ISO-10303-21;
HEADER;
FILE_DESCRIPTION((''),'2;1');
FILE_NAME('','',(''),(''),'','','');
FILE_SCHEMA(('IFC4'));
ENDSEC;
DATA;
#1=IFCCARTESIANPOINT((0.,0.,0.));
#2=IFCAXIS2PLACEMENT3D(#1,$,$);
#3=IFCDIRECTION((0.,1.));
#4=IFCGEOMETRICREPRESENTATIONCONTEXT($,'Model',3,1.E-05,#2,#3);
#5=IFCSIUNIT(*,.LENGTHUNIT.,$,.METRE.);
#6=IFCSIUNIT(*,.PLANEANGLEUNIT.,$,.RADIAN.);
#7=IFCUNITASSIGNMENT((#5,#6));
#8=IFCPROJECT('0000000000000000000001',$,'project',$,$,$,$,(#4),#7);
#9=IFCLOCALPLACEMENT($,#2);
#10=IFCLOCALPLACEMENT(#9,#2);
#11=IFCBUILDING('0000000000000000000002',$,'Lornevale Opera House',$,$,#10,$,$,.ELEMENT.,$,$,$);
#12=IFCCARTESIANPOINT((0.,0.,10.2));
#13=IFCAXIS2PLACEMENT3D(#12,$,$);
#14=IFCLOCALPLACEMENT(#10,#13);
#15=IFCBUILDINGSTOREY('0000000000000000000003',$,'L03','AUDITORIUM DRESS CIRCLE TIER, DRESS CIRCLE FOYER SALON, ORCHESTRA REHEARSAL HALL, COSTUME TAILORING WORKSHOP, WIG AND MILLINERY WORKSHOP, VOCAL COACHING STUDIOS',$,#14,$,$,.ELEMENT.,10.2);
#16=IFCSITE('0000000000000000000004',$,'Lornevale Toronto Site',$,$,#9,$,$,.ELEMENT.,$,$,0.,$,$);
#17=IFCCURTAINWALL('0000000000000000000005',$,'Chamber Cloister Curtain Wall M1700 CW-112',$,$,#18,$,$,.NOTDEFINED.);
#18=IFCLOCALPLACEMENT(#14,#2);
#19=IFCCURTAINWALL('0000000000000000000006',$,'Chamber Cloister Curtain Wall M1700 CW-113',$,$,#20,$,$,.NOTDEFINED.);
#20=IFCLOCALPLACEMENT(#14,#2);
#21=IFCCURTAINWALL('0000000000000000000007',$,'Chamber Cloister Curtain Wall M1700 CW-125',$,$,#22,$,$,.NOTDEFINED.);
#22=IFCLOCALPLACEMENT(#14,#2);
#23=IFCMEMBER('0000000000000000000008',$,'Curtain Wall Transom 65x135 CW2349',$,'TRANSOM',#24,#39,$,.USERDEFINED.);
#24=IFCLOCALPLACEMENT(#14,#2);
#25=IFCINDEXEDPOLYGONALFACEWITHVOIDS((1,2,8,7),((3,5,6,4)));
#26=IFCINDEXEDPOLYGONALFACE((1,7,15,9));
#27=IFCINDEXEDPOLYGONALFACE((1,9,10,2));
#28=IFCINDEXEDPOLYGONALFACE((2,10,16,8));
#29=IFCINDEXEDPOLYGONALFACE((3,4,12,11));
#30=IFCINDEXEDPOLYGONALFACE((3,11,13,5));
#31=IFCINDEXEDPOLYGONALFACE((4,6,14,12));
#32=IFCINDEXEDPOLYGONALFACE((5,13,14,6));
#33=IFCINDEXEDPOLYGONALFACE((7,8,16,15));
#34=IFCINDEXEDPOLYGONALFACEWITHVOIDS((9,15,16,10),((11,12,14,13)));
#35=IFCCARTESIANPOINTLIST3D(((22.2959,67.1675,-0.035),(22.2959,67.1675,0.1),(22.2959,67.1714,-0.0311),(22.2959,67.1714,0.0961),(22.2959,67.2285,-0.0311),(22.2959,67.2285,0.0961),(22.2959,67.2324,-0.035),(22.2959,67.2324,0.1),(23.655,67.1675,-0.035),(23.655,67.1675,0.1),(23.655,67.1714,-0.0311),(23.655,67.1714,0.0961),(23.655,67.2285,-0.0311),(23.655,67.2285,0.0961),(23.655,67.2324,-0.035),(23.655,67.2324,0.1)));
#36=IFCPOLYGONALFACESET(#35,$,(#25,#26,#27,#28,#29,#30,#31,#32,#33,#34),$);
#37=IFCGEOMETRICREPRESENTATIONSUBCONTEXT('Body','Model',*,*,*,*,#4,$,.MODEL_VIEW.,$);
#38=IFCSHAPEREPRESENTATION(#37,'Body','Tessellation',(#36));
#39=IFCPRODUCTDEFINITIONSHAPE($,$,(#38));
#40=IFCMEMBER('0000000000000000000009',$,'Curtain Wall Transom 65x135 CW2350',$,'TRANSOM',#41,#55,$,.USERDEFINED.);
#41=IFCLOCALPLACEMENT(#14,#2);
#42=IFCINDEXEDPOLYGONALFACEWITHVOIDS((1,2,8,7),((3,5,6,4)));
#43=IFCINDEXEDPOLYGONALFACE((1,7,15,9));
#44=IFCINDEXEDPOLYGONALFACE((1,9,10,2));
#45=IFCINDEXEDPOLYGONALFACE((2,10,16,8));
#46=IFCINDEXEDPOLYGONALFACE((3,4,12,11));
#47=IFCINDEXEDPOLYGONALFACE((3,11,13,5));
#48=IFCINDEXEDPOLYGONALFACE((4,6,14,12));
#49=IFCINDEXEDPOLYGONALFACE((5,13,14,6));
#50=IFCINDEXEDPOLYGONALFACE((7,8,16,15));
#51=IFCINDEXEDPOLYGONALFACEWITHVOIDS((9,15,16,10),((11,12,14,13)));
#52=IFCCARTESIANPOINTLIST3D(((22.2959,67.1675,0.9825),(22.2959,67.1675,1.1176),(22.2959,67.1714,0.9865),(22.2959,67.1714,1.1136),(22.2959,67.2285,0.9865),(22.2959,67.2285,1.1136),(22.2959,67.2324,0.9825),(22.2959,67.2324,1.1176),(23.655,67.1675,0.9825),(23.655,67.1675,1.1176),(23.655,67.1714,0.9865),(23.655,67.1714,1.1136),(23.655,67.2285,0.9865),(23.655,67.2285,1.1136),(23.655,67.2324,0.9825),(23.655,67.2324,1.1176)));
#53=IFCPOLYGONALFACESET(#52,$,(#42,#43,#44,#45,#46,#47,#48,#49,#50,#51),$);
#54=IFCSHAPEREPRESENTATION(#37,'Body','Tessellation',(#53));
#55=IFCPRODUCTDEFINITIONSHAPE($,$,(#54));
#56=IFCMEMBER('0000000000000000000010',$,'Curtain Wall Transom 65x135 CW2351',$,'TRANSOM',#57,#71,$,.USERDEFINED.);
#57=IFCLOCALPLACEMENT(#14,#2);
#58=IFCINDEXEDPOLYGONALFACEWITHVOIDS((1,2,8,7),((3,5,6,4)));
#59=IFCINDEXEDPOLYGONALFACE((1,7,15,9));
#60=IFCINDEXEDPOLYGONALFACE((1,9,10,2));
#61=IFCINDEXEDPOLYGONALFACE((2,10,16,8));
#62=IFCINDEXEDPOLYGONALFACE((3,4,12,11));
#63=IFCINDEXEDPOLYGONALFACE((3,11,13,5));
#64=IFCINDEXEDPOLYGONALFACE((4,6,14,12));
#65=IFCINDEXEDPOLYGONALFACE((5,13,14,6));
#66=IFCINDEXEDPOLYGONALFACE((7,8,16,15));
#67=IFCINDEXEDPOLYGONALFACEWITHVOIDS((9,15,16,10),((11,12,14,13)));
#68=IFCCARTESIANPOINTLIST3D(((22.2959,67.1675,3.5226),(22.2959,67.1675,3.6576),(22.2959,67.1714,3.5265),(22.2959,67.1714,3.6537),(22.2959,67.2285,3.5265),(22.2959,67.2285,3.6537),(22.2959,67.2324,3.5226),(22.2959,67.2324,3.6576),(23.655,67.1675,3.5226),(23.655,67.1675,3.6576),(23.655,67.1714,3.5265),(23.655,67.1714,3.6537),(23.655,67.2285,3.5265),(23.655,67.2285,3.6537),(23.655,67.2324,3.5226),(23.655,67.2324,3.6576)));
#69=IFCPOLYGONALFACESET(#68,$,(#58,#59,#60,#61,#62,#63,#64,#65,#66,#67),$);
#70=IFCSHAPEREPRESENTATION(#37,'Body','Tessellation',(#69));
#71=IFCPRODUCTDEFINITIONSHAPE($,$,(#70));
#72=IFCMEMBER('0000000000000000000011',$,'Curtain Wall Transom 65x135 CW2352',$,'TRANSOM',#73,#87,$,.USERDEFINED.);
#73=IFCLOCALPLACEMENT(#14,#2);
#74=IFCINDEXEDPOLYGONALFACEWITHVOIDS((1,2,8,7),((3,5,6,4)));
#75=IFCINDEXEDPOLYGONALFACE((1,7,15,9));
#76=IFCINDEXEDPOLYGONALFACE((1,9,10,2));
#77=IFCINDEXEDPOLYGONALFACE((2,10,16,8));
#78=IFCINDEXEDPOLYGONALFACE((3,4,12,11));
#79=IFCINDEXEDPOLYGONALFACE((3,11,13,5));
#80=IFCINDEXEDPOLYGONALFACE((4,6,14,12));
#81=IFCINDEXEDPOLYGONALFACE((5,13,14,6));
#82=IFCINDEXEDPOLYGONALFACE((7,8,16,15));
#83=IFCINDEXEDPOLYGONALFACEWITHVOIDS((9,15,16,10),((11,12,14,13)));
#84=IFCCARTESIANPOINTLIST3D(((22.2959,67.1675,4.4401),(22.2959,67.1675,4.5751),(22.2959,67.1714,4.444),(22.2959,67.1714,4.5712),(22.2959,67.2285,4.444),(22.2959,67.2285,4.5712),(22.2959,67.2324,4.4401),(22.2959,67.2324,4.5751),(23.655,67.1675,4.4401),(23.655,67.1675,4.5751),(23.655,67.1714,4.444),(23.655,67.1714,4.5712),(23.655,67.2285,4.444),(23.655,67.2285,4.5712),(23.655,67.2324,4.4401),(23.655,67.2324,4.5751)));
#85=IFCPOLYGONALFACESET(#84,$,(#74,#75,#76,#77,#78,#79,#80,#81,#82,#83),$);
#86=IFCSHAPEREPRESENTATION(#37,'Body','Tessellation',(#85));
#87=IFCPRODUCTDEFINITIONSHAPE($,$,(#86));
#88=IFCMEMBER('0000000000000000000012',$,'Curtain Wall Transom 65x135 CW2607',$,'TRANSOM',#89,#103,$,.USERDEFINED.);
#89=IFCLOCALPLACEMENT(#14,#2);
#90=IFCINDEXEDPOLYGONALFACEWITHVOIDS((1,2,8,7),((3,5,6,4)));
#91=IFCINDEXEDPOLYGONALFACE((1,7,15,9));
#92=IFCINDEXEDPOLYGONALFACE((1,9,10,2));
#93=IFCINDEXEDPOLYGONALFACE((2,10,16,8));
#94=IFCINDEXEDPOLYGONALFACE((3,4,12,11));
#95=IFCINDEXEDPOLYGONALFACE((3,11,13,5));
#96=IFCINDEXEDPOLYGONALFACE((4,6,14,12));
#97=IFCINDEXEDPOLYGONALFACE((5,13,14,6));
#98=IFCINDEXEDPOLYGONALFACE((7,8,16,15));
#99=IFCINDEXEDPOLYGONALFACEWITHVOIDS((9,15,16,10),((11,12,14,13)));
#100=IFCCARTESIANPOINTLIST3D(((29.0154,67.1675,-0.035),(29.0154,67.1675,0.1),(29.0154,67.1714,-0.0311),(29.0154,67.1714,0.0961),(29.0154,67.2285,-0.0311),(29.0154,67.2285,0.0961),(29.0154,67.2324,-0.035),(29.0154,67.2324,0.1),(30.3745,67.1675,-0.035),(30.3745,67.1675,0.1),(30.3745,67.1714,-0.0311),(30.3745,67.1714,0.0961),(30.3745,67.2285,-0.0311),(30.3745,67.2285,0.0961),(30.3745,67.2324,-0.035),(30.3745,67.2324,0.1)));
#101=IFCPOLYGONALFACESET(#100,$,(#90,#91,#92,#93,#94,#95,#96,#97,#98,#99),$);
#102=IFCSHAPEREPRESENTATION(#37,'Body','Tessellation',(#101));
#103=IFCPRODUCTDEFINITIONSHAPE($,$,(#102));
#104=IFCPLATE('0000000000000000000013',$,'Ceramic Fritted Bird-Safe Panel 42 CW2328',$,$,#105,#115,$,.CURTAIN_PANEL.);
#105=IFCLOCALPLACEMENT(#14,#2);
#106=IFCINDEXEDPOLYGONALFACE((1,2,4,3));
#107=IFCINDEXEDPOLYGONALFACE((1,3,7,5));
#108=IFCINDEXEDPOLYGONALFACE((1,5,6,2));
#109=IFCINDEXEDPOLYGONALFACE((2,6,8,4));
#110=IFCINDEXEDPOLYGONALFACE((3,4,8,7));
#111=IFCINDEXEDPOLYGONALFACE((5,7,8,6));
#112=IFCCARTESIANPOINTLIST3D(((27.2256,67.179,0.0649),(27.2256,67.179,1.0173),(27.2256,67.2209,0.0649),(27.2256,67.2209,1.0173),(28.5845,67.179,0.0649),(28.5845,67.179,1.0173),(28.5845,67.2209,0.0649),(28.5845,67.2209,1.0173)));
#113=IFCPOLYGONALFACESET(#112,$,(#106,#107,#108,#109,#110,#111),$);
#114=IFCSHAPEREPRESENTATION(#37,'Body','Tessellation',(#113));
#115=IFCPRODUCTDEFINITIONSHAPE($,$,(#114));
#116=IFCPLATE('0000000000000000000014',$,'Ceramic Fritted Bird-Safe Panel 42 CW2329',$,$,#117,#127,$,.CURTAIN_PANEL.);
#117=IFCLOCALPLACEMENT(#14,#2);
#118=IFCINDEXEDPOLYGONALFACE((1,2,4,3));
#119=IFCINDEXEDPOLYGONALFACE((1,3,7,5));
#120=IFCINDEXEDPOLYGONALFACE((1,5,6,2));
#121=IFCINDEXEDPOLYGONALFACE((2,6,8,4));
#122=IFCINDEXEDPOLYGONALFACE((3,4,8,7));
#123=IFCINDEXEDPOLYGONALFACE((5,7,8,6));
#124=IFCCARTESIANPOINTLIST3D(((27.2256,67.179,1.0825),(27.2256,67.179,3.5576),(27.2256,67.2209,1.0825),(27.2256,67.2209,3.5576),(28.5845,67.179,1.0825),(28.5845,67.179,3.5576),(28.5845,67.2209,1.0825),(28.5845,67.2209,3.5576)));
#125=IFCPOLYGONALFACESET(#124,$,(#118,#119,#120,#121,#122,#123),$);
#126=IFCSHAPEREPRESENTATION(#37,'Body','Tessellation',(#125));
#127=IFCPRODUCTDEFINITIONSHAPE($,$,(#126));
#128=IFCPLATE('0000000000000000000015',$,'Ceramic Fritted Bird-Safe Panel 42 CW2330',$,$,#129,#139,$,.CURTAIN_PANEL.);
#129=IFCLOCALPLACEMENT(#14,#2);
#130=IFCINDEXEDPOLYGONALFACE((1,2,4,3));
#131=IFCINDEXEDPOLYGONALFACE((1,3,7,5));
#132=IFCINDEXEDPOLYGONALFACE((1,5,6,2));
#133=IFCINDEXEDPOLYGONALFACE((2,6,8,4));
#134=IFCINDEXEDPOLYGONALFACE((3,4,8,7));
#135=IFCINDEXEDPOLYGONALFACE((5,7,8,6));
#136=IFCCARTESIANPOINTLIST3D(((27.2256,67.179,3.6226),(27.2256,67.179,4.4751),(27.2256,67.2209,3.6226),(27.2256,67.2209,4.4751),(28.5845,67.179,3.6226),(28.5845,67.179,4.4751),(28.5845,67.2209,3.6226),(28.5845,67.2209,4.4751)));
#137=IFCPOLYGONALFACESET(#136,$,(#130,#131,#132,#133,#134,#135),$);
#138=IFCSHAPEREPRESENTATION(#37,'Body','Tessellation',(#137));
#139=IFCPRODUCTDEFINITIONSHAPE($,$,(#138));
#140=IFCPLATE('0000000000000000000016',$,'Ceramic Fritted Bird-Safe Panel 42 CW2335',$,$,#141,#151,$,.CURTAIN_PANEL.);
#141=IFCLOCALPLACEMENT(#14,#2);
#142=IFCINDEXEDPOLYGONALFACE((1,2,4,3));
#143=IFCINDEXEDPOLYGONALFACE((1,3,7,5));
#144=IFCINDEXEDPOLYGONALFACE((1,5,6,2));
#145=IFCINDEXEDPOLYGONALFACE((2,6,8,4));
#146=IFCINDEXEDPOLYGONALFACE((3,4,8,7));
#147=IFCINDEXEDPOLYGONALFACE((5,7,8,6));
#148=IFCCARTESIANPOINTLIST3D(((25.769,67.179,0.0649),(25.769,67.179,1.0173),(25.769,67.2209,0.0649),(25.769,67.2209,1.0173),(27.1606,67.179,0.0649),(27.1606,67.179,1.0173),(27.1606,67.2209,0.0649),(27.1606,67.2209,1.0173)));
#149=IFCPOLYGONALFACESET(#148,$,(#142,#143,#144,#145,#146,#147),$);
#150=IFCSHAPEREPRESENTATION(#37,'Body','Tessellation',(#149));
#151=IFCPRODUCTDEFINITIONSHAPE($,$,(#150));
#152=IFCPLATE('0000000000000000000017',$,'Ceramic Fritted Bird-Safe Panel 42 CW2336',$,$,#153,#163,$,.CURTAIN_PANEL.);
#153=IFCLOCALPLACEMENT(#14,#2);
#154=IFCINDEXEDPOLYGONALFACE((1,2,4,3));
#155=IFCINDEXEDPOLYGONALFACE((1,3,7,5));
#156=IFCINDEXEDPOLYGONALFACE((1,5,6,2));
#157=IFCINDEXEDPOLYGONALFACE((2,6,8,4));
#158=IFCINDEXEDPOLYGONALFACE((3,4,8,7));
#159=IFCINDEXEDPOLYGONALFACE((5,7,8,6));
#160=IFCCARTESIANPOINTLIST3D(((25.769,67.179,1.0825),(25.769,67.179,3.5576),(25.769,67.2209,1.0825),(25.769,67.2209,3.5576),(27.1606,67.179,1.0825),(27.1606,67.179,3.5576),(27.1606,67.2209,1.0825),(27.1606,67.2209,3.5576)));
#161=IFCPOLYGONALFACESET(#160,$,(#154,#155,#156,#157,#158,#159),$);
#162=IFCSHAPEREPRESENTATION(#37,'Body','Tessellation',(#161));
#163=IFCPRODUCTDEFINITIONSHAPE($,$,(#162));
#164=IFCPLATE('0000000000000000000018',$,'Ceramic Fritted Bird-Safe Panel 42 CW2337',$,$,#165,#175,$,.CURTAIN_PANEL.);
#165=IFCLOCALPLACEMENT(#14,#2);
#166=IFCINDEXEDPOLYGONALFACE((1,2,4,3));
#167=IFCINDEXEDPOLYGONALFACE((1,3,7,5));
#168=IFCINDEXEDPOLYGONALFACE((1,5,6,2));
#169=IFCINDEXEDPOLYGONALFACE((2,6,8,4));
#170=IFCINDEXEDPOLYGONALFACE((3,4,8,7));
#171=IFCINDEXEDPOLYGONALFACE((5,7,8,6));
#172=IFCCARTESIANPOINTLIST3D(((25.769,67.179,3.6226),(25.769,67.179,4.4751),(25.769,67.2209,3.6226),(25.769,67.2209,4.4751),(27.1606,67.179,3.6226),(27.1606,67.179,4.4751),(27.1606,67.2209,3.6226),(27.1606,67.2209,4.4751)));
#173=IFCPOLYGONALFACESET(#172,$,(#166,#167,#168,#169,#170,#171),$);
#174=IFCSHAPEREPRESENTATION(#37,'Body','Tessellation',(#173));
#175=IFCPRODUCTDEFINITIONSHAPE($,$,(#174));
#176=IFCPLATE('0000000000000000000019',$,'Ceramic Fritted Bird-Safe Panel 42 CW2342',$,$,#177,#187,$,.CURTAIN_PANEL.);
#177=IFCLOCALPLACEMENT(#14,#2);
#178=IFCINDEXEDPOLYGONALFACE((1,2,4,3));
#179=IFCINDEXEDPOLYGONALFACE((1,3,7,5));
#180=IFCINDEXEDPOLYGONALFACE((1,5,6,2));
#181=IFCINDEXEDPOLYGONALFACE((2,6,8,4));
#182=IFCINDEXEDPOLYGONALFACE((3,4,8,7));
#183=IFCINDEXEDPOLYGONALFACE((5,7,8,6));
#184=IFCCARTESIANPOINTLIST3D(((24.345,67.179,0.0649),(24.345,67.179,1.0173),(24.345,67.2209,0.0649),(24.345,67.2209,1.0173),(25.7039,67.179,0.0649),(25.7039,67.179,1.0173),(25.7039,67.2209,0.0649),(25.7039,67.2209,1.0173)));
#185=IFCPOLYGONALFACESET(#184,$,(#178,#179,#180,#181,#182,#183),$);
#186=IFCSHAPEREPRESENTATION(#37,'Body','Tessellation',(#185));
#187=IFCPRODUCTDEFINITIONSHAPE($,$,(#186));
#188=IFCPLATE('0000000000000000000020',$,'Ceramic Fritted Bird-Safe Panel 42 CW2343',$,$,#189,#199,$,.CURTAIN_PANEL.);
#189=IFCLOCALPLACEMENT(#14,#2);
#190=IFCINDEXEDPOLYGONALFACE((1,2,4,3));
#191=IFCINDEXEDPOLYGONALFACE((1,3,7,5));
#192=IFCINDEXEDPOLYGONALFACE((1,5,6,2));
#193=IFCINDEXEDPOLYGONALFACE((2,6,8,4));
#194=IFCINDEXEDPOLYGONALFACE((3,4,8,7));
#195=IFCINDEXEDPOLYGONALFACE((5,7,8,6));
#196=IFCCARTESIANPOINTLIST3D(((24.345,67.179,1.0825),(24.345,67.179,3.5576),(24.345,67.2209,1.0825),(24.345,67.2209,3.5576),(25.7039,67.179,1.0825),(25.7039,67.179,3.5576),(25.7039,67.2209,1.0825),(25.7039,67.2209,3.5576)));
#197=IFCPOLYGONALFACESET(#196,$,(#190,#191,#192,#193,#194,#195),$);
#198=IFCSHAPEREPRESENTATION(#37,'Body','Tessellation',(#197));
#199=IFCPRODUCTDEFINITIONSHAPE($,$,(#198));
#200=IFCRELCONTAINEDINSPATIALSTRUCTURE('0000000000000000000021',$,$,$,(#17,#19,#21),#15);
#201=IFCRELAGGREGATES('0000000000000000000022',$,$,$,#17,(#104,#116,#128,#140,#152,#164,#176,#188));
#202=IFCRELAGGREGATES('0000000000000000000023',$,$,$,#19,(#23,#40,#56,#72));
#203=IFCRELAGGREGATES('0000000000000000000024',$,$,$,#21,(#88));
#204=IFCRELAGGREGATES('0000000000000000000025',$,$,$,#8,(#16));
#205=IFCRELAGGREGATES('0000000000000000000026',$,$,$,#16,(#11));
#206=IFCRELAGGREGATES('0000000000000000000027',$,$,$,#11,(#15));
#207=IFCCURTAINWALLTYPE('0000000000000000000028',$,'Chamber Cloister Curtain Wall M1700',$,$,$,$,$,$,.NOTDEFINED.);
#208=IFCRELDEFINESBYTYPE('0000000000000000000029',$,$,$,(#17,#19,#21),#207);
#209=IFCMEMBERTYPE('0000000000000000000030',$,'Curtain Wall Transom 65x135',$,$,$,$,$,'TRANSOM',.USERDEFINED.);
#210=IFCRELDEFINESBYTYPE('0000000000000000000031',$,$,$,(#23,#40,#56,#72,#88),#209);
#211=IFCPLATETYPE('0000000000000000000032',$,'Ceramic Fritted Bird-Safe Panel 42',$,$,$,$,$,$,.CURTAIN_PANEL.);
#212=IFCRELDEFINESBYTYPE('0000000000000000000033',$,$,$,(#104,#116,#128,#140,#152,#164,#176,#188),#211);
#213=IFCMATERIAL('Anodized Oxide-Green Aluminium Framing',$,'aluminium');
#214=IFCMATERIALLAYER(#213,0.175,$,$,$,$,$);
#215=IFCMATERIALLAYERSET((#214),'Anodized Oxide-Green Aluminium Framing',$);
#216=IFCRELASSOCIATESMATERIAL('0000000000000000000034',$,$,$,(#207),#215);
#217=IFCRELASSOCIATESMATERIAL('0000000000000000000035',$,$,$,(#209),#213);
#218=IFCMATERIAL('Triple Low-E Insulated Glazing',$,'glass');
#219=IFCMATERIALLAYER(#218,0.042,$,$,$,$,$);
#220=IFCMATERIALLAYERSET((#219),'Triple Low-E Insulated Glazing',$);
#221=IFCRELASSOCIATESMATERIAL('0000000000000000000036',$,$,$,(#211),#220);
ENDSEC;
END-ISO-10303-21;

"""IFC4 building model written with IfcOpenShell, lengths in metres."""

from ifc_helpers import new_model, si_unit, direction, frame, origin, origin_2d, place, context, subcontext, project, spatial, rectangle, hollow_rectangle, extrude, material, layer, layer_set, material_profile, profile_set, type_object, element, aggregate, save


model = new_model("IFC4")

# Units and contexts
model_context = context("Model", 3, precision=1e-05, world=origin(), true_north=direction((0.0, 1.0)))
body_context = subcontext(model_context, "Body", "Model", "MODEL_VIEW")
ifc_project = project(units=[si_unit("LENGTHUNIT", "METRE"), si_unit("PLANEANGLEUNIT", "RADIAN")], contexts=[model_context])

# Site, building, storey
site_placement = place(None, origin())
site = spatial("IfcSite", under=ifc_project, at=site_placement, Name="Lornevale Toronto Site", CompositionType="ELEMENT", RefElevation=0.0)
building_placement = place(site_placement, origin())
building = spatial("IfcBuilding", under=site, at=building_placement, Name="Lornevale Opera House", CompositionType="ELEMENT")
storey_placement = place(building_placement, frame((0.0, 0.0, 10.2)))
storey = spatial("IfcBuildingStorey", under=building, at=storey_placement, Name="L03", Description="AUDITORIUM DRESS CIRCLE TIER, DRESS CIRCLE FOYER SALON, ORCHESTRA REHEARSAL HALL, COSTUME TAILORING WORKSHOP, WIG AND MILLINERY WORKSHOP, VOCAL COACHING STUDIOS", CompositionType="ELEMENT", Elevation=10.2)

# Curtain wall
ifc_material_1 = material(Name="Anodized Oxide-Green Aluminium Framing", Category="aluminium")
ifc_layer_1 = layer(ifc_material_1, 0.175)
ifc_layer_set_1 = layer_set([ifc_layer_1], Name="Anodized Oxide-Green Aluminium Framing")
curtain_wall_type = type_object("IfcCurtainWallType", Name="Chamber Cloister Curtain Wall M1700", PredefinedType="NOTDEFINED", material=ifc_layer_set_1)
curtain_wall_1_placement = place(storey_placement, origin())
curtain_wall_1 = element("IfcCurtainWall", 1, at=curtain_wall_1_placement, inside=storey, type_object=curtain_wall_type, Name="Chamber Cloister Curtain Wall M1700 CW-112", PredefinedType="NOTDEFINED")

# Curtain walls
curtain_wall_2_placement = place(storey_placement, origin())
curtain_wall_2 = element("IfcCurtainWall", 2, at=curtain_wall_2_placement, inside=storey, type_object=curtain_wall_type, Name="Chamber Cloister Curtain Wall M1700 CW-113", PredefinedType="NOTDEFINED")
curtain_wall_3_placement = place(storey_placement, origin())
curtain_wall_3 = element("IfcCurtainWall", 3, at=curtain_wall_3_placement, inside=storey, type_object=curtain_wall_type, Name="Chamber Cloister Curtain Wall M1700 CW-125", PredefinedType="NOTDEFINED")

# Members
ifc_material_profile_1 = material_profile(ifc_material_1, hollow_rectangle(XDim=0.0649, YDim=0.135, WallThickness=0.0039, at=origin_2d()), Name="ALU65x135x4")
ifc_profile_set_1 = profile_set([ifc_material_profile_1], Name="Anodized Oxide-Green Aluminium Framing")
member_type_1 = type_object("IfcMemberType", Name="Curtain Wall Transom 65x135", ElementType="TRANSOM", PredefinedType="USERDEFINED", material=ifc_profile_set_1)
member_1_placement = place(storey_placement, frame((23.655, 67.2, 0.0325), z_axis=(-1.0, 0.0, 0.0), x_axis=(0.0, -1.0, 0.0)))
member_1 = element("IfcMember", 4, at=member_1_placement, type_object=member_type_1, Name="Curtain Wall Transom 65x135 CW2349", ObjectType="TRANSOM", PredefinedType="USERDEFINED", context=body_context, shape_type="SweptSolid", body=[
    extrude(hollow_rectangle(XDim=0.0649, YDim=0.135, WallThickness=0.0039, at=origin_2d()), origin(), (0.0, 0.0, 1.0), 1.3591),
])
member_2_placement = place(storey_placement, frame((23.655, 67.2, 1.05), z_axis=(-1.0, 0.0, 0.0), x_axis=(0.0, -1.0, 0.0)))
member_2 = element("IfcMember", 5, at=member_2_placement, type_object=member_type_1, Name="Curtain Wall Transom 65x135 CW2350", ObjectType="TRANSOM", PredefinedType="USERDEFINED", context=body_context, shape_type="SweptSolid", body=[
    extrude(hollow_rectangle(XDim=0.0649, YDim=0.135, WallThickness=0.0039, at=origin_2d()), origin(), (0.0, 0.0, 1.0), 1.3591),
])
member_3_placement = place(storey_placement, frame((23.655, 67.2, 3.5901), z_axis=(-1.0, 0.0, 0.0), x_axis=(0.0, -1.0, 0.0)))
member_3 = element("IfcMember", 6, at=member_3_placement, type_object=member_type_1, Name="Curtain Wall Transom 65x135 CW2351", ObjectType="TRANSOM", PredefinedType="USERDEFINED", context=body_context, shape_type="SweptSolid", body=[
    extrude(hollow_rectangle(XDim=0.0649, YDim=0.135, WallThickness=0.0039, at=origin_2d()), origin(), (0.0, 0.0, 1.0), 1.3591),
])
member_4_placement = place(storey_placement, frame((23.655, 67.2, 4.5076), z_axis=(-1.0, 0.0, 0.0), x_axis=(0.0, -1.0, 0.0)))
member_4 = element("IfcMember", 7, at=member_4_placement, type_object=member_type_1, Name="Curtain Wall Transom 65x135 CW2352", ObjectType="TRANSOM", PredefinedType="USERDEFINED", context=body_context, shape_type="SweptSolid", body=[
    extrude(hollow_rectangle(XDim=0.0649, YDim=0.135, WallThickness=0.0039, at=origin_2d()), origin(), (0.0, 0.0, 1.0), 1.3591),
])
member_5_placement = place(storey_placement, frame((30.3745, 67.2, 0.0325), z_axis=(-1.0, 0.0, 0.0), x_axis=(0.0, -1.0, 0.0)))
member_5 = element("IfcMember", 8, at=member_5_placement, type_object=member_type_1, Name="Curtain Wall Transom 65x135 CW2607", ObjectType="TRANSOM", PredefinedType="USERDEFINED", context=body_context, shape_type="SweptSolid", body=[
    extrude(hollow_rectangle(XDim=0.0649, YDim=0.135, WallThickness=0.0039, at=origin_2d()), origin(), (0.0, 0.0, 1.0), 1.3591),
])

# Plates
ifc_material_2 = material(Name="Triple Low-E Insulated Glazing", Category="glass")
ifc_layer_2 = layer(ifc_material_2, 0.042)
ifc_layer_set_2 = layer_set([ifc_layer_2], Name="Triple Low-E Insulated Glazing")
plate_type = type_object("IfcPlateType", Name="Ceramic Fritted Bird-Safe Panel 42", PredefinedType="CURTAIN_PANEL", material=ifc_layer_set_2)
plate_1_placement = place(storey_placement, frame((27.905, 67.2, 0.0649), z_axis=(0.0, 0.0, 1.0), x_axis=(-1.0, 0.0, 0.0)))
plate_1 = element("IfcPlate", 9, at=plate_1_placement, type_object=plate_type, Name="Ceramic Fritted Bird-Safe Panel 42 CW2328", PredefinedType="CURTAIN_PANEL", context=body_context, shape_type="SweptSolid", body=[
    extrude(rectangle(XDim=1.3589, YDim=0.042, at=origin_2d()), origin(), (0.0, 0.0, 1.0), 0.9524),
])
plate_2_placement = place(storey_placement, frame((27.905, 67.2, 1.0825), z_axis=(0.0, 0.0, 1.0), x_axis=(-1.0, 0.0, 0.0)))
plate_2 = element("IfcPlate", 10, at=plate_2_placement, type_object=plate_type, Name="Ceramic Fritted Bird-Safe Panel 42 CW2329", PredefinedType="CURTAIN_PANEL", context=body_context, shape_type="SweptSolid", body=[
    extrude(rectangle(XDim=1.3589, YDim=0.042, at=origin_2d()), origin(), (0.0, 0.0, 1.0), 2.4751),
])
plate_3_placement = place(storey_placement, frame((27.905, 67.2, 3.6226), z_axis=(0.0, 0.0, 1.0), x_axis=(-1.0, 0.0, 0.0)))
plate_3 = element("IfcPlate", 11, at=plate_3_placement, type_object=plate_type, Name="Ceramic Fritted Bird-Safe Panel 42 CW2330", PredefinedType="CURTAIN_PANEL", context=body_context, shape_type="SweptSolid", body=[
    extrude(rectangle(XDim=1.3589, YDim=0.042, at=origin_2d()), origin(), (0.0, 0.0, 1.0), 0.8525),
])
plate_4_placement = place(storey_placement, frame((26.4648, 67.2, 0.0649), z_axis=(0.0, 0.0, 1.0), x_axis=(-1.0, 0.0, 0.0)))
plate_4 = element("IfcPlate", 12, at=plate_4_placement, type_object=plate_type, Name="Ceramic Fritted Bird-Safe Panel 42 CW2335", PredefinedType="CURTAIN_PANEL", context=body_context, shape_type="SweptSolid", body=[
    extrude(rectangle(XDim=1.3916, YDim=0.042, at=origin_2d()), origin(), (0.0, 0.0, 1.0), 0.9524),
])
plate_5_placement = place(storey_placement, frame((26.4648, 67.2, 1.0825), z_axis=(0.0, 0.0, 1.0), x_axis=(-1.0, 0.0, 0.0)))
plate_5 = element("IfcPlate", 13, at=plate_5_placement, type_object=plate_type, Name="Ceramic Fritted Bird-Safe Panel 42 CW2336", PredefinedType="CURTAIN_PANEL", context=body_context, shape_type="SweptSolid", body=[
    extrude(rectangle(XDim=1.3916, YDim=0.042, at=origin_2d()), origin(), (0.0, 0.0, 1.0), 2.4751),
])
plate_6_placement = place(storey_placement, frame((26.4648, 67.2, 3.6226), z_axis=(0.0, 0.0, 1.0), x_axis=(-1.0, 0.0, 0.0)))
plate_6 = element("IfcPlate", 14, at=plate_6_placement, type_object=plate_type, Name="Ceramic Fritted Bird-Safe Panel 42 CW2337", PredefinedType="CURTAIN_PANEL", context=body_context, shape_type="SweptSolid", body=[
    extrude(rectangle(XDim=1.3916, YDim=0.042, at=origin_2d()), origin(), (0.0, 0.0, 1.0), 0.8525),
])
plate_7_placement = place(storey_placement, frame((25.0244, 67.2, 0.0649), z_axis=(0.0, 0.0, 1.0), x_axis=(-1.0, 0.0, 0.0)))
plate_7 = element("IfcPlate", 15, at=plate_7_placement, type_object=plate_type, Name="Ceramic Fritted Bird-Safe Panel 42 CW2342", PredefinedType="CURTAIN_PANEL", context=body_context, shape_type="SweptSolid", body=[
    extrude(rectangle(XDim=1.3589, YDim=0.042, at=origin_2d()), origin(), (0.0, 0.0, 1.0), 0.9524),
])
plate_8_placement = place(storey_placement, frame((25.0244, 67.2, 1.0825), z_axis=(0.0, 0.0, 1.0), x_axis=(-1.0, 0.0, 0.0)))
plate_8 = element("IfcPlate", 16, at=plate_8_placement, type_object=plate_type, Name="Ceramic Fritted Bird-Safe Panel 42 CW2343", PredefinedType="CURTAIN_PANEL", context=body_context, shape_type="SweptSolid", body=[
    extrude(rectangle(XDim=1.3589, YDim=0.042, at=origin_2d()), origin(), (0.0, 0.0, 1.0), 2.4751),
])
aggregate(curtain_wall_1, [plate_1, plate_2, plate_3, plate_4, plate_5, plate_6, plate_7, plate_8])
aggregate(curtain_wall_2, [member_1, member_2, member_3, member_4])
aggregate(curtain_wall_3, [member_5])

save(model, "model.ifc")
